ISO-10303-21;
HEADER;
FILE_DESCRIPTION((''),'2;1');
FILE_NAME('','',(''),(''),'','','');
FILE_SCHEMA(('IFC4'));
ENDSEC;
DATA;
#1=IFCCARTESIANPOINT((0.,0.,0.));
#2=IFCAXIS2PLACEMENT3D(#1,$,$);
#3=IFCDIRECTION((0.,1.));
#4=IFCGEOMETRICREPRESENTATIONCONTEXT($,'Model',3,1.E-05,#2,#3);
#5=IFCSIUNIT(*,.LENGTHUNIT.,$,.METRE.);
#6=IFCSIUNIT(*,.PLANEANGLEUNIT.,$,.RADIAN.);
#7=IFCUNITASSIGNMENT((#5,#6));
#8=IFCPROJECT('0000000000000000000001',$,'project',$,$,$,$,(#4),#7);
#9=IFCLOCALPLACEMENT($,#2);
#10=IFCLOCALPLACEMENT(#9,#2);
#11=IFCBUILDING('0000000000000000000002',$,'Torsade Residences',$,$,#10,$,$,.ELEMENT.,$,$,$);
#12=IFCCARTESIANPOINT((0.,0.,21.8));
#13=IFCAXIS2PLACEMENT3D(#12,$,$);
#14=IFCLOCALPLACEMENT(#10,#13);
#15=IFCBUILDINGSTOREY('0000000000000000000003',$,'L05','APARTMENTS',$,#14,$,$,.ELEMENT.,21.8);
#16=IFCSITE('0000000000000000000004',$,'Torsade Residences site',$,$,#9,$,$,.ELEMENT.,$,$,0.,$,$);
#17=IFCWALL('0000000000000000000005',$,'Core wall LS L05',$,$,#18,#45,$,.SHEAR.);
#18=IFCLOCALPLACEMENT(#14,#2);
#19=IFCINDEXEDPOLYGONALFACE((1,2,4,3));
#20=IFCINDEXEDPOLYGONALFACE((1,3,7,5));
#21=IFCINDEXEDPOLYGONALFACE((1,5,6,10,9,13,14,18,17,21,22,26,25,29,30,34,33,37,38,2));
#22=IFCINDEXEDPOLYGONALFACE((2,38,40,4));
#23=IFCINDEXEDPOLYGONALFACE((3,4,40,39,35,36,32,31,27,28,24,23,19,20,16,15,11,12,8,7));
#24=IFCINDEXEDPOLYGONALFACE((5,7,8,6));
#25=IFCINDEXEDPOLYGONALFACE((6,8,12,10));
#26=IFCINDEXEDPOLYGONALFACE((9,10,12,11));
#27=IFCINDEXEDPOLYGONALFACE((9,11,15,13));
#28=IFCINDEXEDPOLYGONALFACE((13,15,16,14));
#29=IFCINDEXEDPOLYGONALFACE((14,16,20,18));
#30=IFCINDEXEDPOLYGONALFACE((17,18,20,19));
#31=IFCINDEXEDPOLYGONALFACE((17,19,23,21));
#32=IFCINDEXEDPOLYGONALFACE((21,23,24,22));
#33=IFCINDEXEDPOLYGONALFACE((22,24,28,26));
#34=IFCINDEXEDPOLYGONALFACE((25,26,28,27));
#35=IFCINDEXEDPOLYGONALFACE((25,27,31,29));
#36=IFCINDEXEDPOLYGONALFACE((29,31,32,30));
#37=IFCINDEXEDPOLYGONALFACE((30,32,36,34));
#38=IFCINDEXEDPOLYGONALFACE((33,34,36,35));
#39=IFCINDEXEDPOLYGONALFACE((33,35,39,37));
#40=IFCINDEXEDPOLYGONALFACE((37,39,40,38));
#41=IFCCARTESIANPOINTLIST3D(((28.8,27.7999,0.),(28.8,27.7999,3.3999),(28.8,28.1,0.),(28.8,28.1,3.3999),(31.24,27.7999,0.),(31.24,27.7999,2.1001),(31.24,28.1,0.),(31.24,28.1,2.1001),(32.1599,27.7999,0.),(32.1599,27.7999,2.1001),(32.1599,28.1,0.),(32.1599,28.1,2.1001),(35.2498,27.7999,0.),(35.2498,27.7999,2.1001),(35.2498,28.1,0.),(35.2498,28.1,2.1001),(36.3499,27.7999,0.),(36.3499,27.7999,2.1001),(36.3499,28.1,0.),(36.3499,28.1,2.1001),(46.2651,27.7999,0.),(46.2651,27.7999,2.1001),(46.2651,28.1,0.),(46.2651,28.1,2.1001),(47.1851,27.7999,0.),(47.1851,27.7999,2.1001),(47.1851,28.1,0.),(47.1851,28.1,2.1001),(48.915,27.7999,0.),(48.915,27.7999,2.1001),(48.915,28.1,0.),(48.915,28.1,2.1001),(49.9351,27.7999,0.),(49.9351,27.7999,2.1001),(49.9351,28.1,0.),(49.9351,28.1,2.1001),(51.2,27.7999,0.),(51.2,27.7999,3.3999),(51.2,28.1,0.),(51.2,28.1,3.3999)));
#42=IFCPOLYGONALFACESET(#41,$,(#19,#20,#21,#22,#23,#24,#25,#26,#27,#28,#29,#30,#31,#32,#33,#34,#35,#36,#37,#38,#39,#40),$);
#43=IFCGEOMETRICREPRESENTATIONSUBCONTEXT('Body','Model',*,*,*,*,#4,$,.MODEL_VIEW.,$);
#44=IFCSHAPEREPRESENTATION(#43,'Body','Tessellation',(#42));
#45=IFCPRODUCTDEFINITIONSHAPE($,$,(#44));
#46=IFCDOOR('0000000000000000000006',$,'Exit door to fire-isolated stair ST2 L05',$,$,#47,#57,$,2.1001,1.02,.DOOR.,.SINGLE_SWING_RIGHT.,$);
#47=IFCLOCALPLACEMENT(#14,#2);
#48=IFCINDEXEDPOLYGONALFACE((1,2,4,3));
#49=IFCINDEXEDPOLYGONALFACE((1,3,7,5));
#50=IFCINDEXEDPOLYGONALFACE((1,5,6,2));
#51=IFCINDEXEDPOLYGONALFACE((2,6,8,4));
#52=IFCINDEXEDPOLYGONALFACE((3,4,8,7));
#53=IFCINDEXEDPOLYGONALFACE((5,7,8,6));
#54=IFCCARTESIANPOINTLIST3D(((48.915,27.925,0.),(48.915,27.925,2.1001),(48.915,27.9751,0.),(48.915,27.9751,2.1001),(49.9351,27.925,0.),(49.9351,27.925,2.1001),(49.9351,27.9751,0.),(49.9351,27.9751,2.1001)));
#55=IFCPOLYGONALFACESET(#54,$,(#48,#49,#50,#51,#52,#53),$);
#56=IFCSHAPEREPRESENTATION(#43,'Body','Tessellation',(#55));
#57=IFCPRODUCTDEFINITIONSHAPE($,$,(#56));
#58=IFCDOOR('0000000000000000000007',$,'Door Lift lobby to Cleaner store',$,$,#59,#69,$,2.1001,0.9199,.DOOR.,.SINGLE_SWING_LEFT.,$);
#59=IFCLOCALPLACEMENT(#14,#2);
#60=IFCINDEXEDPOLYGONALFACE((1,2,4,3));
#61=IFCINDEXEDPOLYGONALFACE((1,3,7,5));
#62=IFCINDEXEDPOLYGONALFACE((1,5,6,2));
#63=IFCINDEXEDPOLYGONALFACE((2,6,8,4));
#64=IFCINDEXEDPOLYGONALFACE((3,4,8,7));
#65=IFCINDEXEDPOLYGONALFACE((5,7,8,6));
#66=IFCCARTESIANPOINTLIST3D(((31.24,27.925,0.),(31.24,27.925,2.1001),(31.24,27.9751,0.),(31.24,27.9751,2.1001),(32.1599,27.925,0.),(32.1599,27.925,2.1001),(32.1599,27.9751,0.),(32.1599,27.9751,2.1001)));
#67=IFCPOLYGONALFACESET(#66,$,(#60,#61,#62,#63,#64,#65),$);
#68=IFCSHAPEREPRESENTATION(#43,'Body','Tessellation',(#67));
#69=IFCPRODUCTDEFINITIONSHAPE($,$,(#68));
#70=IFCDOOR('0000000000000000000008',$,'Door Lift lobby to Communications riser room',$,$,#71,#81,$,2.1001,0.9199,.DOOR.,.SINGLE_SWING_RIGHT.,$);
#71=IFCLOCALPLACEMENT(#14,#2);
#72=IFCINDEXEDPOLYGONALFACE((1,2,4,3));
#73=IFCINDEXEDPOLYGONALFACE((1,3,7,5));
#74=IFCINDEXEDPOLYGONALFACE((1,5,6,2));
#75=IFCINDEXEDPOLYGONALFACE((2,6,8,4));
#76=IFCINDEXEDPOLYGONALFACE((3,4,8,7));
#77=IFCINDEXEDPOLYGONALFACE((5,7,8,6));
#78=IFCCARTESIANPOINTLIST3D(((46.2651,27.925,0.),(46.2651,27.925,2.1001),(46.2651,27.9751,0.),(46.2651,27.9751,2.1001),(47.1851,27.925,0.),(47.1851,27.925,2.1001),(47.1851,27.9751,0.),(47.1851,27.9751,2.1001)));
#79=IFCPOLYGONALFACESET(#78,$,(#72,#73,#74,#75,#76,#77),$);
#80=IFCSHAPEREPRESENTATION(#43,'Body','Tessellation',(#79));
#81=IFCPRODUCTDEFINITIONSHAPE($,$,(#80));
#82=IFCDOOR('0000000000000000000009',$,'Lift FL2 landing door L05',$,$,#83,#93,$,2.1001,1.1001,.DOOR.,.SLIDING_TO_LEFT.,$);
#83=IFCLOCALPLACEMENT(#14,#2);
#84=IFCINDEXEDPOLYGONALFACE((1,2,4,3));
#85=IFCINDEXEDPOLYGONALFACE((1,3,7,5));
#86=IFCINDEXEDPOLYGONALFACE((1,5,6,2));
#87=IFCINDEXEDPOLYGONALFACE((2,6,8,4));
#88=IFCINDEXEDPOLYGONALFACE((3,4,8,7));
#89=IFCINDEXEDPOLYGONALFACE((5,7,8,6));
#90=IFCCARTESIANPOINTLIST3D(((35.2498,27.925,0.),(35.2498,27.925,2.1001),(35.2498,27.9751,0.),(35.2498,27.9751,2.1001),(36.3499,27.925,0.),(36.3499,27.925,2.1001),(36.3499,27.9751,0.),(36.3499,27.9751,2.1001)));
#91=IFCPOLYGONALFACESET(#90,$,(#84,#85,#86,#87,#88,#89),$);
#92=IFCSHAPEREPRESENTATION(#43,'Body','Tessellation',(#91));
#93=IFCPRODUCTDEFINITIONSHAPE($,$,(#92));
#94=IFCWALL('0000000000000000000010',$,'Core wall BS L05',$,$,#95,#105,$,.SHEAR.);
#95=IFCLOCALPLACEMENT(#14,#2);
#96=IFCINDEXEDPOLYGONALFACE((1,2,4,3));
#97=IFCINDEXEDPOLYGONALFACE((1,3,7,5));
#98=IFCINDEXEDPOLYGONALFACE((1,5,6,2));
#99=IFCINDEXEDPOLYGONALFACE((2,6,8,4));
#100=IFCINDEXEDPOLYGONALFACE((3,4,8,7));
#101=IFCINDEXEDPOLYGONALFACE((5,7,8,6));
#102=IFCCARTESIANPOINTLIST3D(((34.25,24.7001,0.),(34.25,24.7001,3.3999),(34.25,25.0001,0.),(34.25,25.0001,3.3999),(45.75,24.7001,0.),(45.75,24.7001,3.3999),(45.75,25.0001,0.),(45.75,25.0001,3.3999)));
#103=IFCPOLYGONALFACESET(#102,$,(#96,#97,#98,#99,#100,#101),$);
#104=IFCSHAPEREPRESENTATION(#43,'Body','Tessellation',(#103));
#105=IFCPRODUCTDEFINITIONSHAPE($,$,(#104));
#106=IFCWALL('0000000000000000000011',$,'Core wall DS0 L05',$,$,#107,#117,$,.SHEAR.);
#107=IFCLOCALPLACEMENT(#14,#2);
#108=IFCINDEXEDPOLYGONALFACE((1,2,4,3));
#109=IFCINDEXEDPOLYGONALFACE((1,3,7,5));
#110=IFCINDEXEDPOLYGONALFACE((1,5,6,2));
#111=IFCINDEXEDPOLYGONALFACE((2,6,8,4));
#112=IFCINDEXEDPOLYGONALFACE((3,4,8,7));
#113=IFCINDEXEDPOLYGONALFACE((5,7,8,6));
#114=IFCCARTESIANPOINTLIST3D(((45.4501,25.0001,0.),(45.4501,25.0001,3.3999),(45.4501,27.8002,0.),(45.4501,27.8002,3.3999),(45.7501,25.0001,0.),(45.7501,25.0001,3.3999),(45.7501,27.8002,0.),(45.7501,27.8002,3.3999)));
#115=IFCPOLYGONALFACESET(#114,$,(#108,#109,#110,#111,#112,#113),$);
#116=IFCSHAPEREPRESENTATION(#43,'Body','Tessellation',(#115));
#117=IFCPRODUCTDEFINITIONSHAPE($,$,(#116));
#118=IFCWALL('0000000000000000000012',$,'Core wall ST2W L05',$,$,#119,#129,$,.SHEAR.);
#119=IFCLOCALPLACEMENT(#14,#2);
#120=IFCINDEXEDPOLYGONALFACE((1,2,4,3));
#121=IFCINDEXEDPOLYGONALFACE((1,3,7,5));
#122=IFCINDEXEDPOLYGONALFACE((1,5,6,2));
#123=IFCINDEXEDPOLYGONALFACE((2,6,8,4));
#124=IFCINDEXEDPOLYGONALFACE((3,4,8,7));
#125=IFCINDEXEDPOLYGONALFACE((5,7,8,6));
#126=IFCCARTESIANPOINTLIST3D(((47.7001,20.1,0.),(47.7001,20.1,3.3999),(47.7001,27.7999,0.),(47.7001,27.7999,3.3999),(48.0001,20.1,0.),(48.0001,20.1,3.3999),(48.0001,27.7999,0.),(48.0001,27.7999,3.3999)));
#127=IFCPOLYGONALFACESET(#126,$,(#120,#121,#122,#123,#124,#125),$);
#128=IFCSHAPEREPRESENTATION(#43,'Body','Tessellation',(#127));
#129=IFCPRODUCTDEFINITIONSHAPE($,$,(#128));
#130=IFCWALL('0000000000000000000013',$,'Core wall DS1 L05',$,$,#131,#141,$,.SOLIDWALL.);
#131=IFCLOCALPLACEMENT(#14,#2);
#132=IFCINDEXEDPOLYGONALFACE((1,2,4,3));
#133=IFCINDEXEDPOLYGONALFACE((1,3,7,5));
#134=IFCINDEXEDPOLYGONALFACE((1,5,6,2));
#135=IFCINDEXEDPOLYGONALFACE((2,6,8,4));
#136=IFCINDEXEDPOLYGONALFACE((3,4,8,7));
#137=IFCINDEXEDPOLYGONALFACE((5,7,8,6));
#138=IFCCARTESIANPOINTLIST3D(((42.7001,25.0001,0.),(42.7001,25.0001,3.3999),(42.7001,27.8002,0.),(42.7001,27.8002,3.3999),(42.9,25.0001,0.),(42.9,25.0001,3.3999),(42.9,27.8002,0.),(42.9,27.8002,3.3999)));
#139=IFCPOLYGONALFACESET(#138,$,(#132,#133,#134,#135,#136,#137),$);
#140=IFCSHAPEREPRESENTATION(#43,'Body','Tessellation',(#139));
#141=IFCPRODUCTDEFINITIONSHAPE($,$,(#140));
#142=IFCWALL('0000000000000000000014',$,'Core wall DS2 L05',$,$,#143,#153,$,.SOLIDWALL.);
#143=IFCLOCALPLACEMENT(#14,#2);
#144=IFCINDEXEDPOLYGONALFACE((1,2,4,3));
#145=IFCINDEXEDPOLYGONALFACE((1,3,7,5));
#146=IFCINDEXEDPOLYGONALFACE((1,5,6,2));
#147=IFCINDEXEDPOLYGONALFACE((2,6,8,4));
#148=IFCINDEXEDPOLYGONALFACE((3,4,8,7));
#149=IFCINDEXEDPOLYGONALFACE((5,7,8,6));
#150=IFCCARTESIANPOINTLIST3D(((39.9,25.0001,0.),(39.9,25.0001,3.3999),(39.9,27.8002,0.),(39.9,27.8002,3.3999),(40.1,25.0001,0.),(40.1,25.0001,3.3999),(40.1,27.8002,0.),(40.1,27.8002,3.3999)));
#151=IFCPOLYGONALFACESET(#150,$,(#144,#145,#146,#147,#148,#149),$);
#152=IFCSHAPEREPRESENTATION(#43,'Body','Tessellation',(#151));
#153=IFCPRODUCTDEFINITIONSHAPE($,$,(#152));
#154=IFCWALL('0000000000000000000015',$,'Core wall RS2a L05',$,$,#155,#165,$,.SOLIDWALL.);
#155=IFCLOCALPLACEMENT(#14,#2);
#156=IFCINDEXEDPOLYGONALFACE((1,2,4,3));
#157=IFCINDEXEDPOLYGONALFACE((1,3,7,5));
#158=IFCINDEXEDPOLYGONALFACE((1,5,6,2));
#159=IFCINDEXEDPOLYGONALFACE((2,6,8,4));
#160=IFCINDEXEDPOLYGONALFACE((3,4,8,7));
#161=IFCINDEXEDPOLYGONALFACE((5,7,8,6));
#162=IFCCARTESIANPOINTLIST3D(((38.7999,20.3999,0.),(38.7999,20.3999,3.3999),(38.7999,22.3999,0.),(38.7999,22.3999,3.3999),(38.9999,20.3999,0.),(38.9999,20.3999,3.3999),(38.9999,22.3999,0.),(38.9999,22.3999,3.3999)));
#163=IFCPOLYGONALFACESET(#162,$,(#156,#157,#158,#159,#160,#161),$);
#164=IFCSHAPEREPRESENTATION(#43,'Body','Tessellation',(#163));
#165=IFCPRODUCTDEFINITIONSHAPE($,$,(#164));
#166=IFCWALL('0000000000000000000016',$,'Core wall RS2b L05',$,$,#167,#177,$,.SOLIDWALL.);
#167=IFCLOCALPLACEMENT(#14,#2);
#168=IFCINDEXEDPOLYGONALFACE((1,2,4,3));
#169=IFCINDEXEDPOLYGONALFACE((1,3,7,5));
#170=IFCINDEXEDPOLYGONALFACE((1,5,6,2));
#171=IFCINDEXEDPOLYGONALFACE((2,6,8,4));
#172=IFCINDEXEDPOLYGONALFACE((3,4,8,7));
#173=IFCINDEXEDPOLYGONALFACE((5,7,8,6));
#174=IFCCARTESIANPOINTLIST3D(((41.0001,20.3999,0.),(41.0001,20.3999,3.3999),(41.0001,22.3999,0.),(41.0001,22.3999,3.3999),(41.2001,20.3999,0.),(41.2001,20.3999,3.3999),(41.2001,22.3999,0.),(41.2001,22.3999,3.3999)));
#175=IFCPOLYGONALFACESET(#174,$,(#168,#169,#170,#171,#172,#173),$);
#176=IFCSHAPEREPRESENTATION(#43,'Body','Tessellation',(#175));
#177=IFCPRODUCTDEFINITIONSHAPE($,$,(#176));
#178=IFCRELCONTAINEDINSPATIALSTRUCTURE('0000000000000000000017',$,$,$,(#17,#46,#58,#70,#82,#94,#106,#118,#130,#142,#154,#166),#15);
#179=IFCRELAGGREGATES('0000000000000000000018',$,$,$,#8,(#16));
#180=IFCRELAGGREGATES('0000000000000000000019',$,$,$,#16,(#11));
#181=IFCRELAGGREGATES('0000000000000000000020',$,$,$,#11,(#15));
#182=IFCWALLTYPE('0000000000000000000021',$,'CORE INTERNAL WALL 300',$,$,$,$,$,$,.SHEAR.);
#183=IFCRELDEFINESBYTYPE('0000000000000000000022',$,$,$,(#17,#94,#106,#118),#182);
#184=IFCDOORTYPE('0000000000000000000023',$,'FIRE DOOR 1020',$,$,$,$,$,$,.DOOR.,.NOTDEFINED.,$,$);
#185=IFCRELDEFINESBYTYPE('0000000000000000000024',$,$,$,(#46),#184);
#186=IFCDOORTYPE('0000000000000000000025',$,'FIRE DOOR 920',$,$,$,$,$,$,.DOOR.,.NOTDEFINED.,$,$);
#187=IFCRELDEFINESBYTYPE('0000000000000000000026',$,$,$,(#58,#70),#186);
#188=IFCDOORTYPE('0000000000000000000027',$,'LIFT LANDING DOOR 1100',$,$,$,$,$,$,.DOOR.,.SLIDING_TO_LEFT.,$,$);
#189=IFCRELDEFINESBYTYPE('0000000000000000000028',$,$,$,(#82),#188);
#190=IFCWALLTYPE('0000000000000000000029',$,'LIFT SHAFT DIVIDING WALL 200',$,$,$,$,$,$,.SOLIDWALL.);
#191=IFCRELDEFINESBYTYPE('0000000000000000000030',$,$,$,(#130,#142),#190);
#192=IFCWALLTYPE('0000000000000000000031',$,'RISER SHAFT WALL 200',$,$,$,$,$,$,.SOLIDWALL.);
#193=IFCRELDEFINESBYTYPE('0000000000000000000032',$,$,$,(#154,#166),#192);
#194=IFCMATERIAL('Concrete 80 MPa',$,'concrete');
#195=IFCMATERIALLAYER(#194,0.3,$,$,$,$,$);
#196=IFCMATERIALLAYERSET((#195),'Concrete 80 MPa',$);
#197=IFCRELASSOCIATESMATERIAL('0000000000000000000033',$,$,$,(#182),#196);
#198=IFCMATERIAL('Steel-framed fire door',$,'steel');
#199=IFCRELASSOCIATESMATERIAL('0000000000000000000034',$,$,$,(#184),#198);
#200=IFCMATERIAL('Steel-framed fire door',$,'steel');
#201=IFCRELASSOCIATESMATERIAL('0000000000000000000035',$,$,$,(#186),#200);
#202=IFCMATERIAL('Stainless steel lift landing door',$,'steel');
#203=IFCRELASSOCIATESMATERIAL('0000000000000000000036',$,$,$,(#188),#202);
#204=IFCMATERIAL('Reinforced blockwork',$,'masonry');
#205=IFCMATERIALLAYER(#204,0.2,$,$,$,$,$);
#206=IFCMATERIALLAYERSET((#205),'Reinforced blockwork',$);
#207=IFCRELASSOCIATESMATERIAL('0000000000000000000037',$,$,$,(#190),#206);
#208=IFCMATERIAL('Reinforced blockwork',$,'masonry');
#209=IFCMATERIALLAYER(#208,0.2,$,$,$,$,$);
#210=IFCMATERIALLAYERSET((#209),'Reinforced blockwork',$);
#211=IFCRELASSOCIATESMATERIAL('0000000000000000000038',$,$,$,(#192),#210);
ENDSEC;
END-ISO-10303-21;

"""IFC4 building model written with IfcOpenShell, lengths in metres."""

from ifc_helpers import new_model, si_unit, direction, frame, frame_2d, origin, place, context, subcontext, project, spatial, rectangle, extrude, material, layer, layer_set, type_object, element, fill, save


model = new_model("IFC4")

# Units and contexts
model_context = context("Model", 3, precision=1e-05, world=origin(), true_north=direction((0.0, 1.0)))
body_context = subcontext(model_context, "Body", "Model", "MODEL_VIEW")
ifc_project = project(units=[si_unit("LENGTHUNIT", "METRE"), si_unit("PLANEANGLEUNIT", "RADIAN")], contexts=[model_context])

# Site, building, storey
site_placement = place(None, origin())
site = spatial("IfcSite", under=ifc_project, at=site_placement, Name="Torsade Residences site", CompositionType="ELEMENT", RefElevation=0.0)
building_placement = place(site_placement, origin())
building = spatial("IfcBuilding", under=site, at=building_placement, Name="Torsade Residences", CompositionType="ELEMENT")
storey_placement = place(building_placement, frame((0.0, 0.0, 21.8)))
storey = spatial("IfcBuildingStorey", under=building, at=storey_placement, Name="L05", Description="APARTMENTS", CompositionType="ELEMENT", Elevation=21.8)

# Wall, openings, doors
ifc_material_1 = material(Name="Concrete 80 MPa", Category="concrete")
ifc_layer_1 = layer(ifc_material_1, 0.3)
ifc_layer_set_1 = layer_set([ifc_layer_1], Name="Concrete 80 MPa")
wall_type_1 = type_object("IfcWallType", Name="CORE INTERNAL WALL 300", PredefinedType="SHEAR", material=ifc_layer_set_1)
wall_1_placement = place(storey_placement, frame((51.2, 27.95, 0.0), z_axis=(0.0, 0.0, 1.0), x_axis=(-1.0, 0.0, 0.0)))
wall_1 = element("IfcWall", 1, at=wall_1_placement, inside=storey, type_object=wall_type_1, Name="Core wall LS L05", PredefinedType="SHEAR", context=body_context, shape_type="SweptSolid", body=[
    extrude(rectangle(XDim=22.3999, YDim=0.3, at=frame_2d((11.2, 0.0))), origin(), (0.0, 0.0, 1.0), 3.3999),
])
opening_1_placement = place(wall_1_placement, frame((19.04, 0.0, 0.0)))
opening_1 = element("IfcOpeningElement", 2, at=opening_1_placement, cuts=wall_1, PredefinedType="OPENING", context=body_context, shape_type="SweptSolid", body=[
    extrude(rectangle(XDim=0.9199, YDim=2.1001, at=frame_2d((0.46, 1.05))), frame((0.0, 0.1599, 0.0), z_axis=(0.0, -1.0, 0.0), x_axis=(1.0, 0.0, 0.0)), (0.0, 0.0, 1.0), 0.3201),
])
opening_2_placement = place(wall_1_placement, frame((1.2649, 0.0, 0.0)))
opening_2 = element("IfcOpeningElement", 3, at=opening_2_placement, cuts=wall_1, PredefinedType="OPENING", context=body_context, shape_type="SweptSolid", body=[
    extrude(rectangle(XDim=1.02, YDim=2.1001, at=frame_2d((0.51, 1.05))), frame((0.0, 0.1599, 0.0), z_axis=(0.0, -1.0, 0.0), x_axis=(1.0, 0.0, 0.0)), (0.0, 0.0, 1.0), 0.3201),
])
opening_3_placement = place(wall_1_placement, frame((4.0149, 0.0, 0.0)))
opening_3 = element("IfcOpeningElement", 4, at=opening_3_placement, cuts=wall_1, PredefinedType="OPENING", context=body_context, shape_type="SweptSolid", body=[
    extrude(rectangle(XDim=0.9199, YDim=2.1001, at=frame_2d((0.46, 1.05))), frame((0.0, 0.1599, 0.0), z_axis=(0.0, -1.0, 0.0), x_axis=(1.0, 0.0, 0.0)), (0.0, 0.0, 1.0), 0.3201),
])
opening_4_placement = place(wall_1_placement, frame((14.8501, 0.0, 0.0)))
opening_4 = element("IfcOpeningElement", 5, at=opening_4_placement, cuts=wall_1, PredefinedType="OPENING", context=body_context, shape_type="SweptSolid", body=[
    extrude(rectangle(XDim=1.1001, YDim=2.1001, at=frame_2d((0.55, 1.05))), frame((0.0, 0.1599, 0.0), z_axis=(0.0, -1.0, 0.0), x_axis=(1.0, 0.0, 0.0)), (0.0, 0.0, 1.0), 0.3201),
])
ifc_material_2 = material(Name="Steel-framed fire door", Category="steel")
door_type_1 = type_object("IfcDoorType", Name="FIRE DOOR 1020", OperationType="NOTDEFINED", PredefinedType="DOOR", material=ifc_material_2)
door_1_placement = place(opening_2_placement, origin())
door_1 = element("IfcDoor", 6, at=door_1_placement, inside=storey, type_object=door_type_1, Name="Exit door to fire-isolated stair ST2 L05", OperationType="SINGLE_SWING_RIGHT", OverallHeight=2.1001, OverallWidth=1.02, PredefinedType="DOOR", context=body_context, shape_type="SweptSolid", body=[
    extrude(rectangle(XDim=1.02, YDim=2.1001, at=frame_2d((0.51, 1.05))), frame((0.0, 0.0249, 0.0), z_axis=(0.0, -1.0, 0.0), x_axis=(1.0, 0.0, 0.0)), (0.0, 0.0, 1.0), 0.05),
])
fill(opening_2, door_1)
ifc_material_3 = material(Name="Steel-framed fire door", Category="steel")
door_type_2 = type_object("IfcDoorType", Name="FIRE DOOR 920", OperationType="NOTDEFINED", PredefinedType="DOOR", material=ifc_material_3)
door_2_placement = place(opening_1_placement, origin())
door_2 = element("IfcDoor", 7, at=door_2_placement, inside=storey, type_object=door_type_2, Name="Door Lift lobby to Cleaner store", OperationType="SINGLE_SWING_LEFT", OverallHeight=2.1001, OverallWidth=0.9199, PredefinedType="DOOR", context=body_context, shape_type="SweptSolid", body=[
    extrude(rectangle(XDim=0.9199, YDim=2.1001, at=frame_2d((0.46, 1.05))), frame((0.0, 0.0249, 0.0), z_axis=(0.0, -1.0, 0.0), x_axis=(1.0, 0.0, 0.0)), (0.0, 0.0, 1.0), 0.05),
])
fill(opening_1, door_2)
door_3_placement = place(opening_3_placement, origin())
door_3 = element("IfcDoor", 8, at=door_3_placement, inside=storey, type_object=door_type_2, Name="Door Lift lobby to Communications riser room", OperationType="SINGLE_SWING_RIGHT", OverallHeight=2.1001, OverallWidth=0.9199, PredefinedType="DOOR", context=body_context, shape_type="SweptSolid", body=[
    extrude(rectangle(XDim=0.9199, YDim=2.1001, at=frame_2d((0.46, 1.05))), frame((0.0, 0.0249, 0.0), z_axis=(0.0, -1.0, 0.0), x_axis=(1.0, 0.0, 0.0)), (0.0, 0.0, 1.0), 0.05),
])
fill(opening_3, door_3)
ifc_material_4 = material(Name="Stainless steel lift landing door", Category="steel")
door_type_3 = type_object("IfcDoorType", Name="LIFT LANDING DOOR 1100", OperationType="SLIDING_TO_LEFT", PredefinedType="DOOR", material=ifc_material_4)
door_4_placement = place(opening_4_placement, origin())
door_4 = element("IfcDoor", 9, at=door_4_placement, inside=storey, type_object=door_type_3, Name="Lift FL2 landing door L05", OperationType="SLIDING_TO_LEFT", OverallHeight=2.1001, OverallWidth=1.1001, PredefinedType="DOOR", context=body_context, shape_type="SweptSolid", body=[
    extrude(rectangle(XDim=1.1001, YDim=2.1001, at=frame_2d((0.55, 1.05))), frame((0.0, 0.0249, 0.0), z_axis=(0.0, -1.0, 0.0), x_axis=(1.0, 0.0, 0.0)), (0.0, 0.0, 1.0), 0.05),
])
fill(opening_4, door_4)

# Walls
wall_2_placement = place(storey_placement, frame((45.75, 24.8501, 0.0), z_axis=(0.0, 0.0, 1.0), x_axis=(-1.0, 0.0, 0.0)))
element("IfcWall", 10, at=wall_2_placement, inside=storey, type_object=wall_type_1, Name="Core wall BS L05", PredefinedType="SHEAR", context=body_context, shape_type="SweptSolid", body=[
    extrude(rectangle(XDim=11.5, YDim=0.3, at=frame_2d((5.75, 0.0))), origin(), (0.0, 0.0, 1.0), 3.3999),
])
wall_3_placement = place(storey_placement, frame((45.6001, 27.8, 0.0), z_axis=(0.0, 0.0, 1.0), x_axis=(0.0, -1.0, 0.0)))
element("IfcWall", 11, at=wall_3_placement, inside=storey, type_object=wall_type_1, Name="Core wall DS0 L05", PredefinedType="SHEAR", context=body_context, shape_type="SweptSolid", body=[
    extrude(rectangle(XDim=2.8, YDim=0.3, at=frame_2d((1.3999, 0.0))), origin(), (0.0, 0.0, 1.0), 3.3999),
])
wall_4_placement = place(storey_placement, frame((47.8501, 27.8, 0.0), z_axis=(0.0, 0.0, 1.0), x_axis=(0.0, -1.0, 0.0)))
element("IfcWall", 12, at=wall_4_placement, inside=storey, type_object=wall_type_1, Name="Core wall ST2W L05", PredefinedType="SHEAR", context=body_context, shape_type="SweptSolid", body=[
    extrude(rectangle(XDim=7.7, YDim=0.3, at=frame_2d((3.8501, 0.0))), origin(), (0.0, 0.0, 1.0), 3.3999),
])
ifc_material_5 = material(Name="Reinforced blockwork", Category="masonry")
ifc_layer_2 = layer(ifc_material_5, 0.2)
ifc_layer_set_2 = layer_set([ifc_layer_2], Name="Reinforced blockwork")
wall_type_2 = type_object("IfcWallType", Name="LIFT SHAFT DIVIDING WALL 200", PredefinedType="SOLIDWALL", material=ifc_layer_set_2)
for number, where, z_axis, x_axis, name in (
    (13, (42.8, 27.8, 0.0), (0.0, 0.0, 1.0), (0.0, -1.0, 0.0), "Core wall DS1 L05"),
    (14, (40.0, 27.8, 0.0), (0.0, 0.0, 1.0), (0.0, -1.0, 0.0), "Core wall DS2 L05"),
):
    element("IfcWall", number, at=place(storey_placement, frame(where, z_axis=z_axis, x_axis=x_axis)), inside=storey, type_object=wall_type_2, Name=name, PredefinedType="SOLIDWALL", context=body_context, shape_type="SweptSolid", body=[
        extrude(rectangle(XDim=2.8, YDim=0.2, at=frame_2d((1.3999, 0.0))), origin(), (0.0, 0.0, 1.0), 3.3999),
    ])
ifc_material_6 = material(Name="Reinforced blockwork", Category="masonry")
ifc_layer_3 = layer(ifc_material_6, 0.2)
ifc_layer_set_3 = layer_set([ifc_layer_3], Name="Reinforced blockwork")
wall_type_3 = type_object("IfcWallType", Name="RISER SHAFT WALL 200", PredefinedType="SOLIDWALL", material=ifc_layer_set_3)
for number, where, z_axis, x_axis, name in (
    (15, (38.8999, 22.3999, 0.0), (0.0, 0.0, 1.0), (0.0, -1.0, 0.0), "Core wall RS2a L05"),
    (16, (41.1001, 22.3999, 0.0), (0.0, 0.0, 1.0), (0.0, -1.0, 0.0), "Core wall RS2b L05"),
):
    element("IfcWall", number, at=place(storey_placement, frame(where, z_axis=z_axis, x_axis=x_axis)), inside=storey, type_object=wall_type_3, Name=name, PredefinedType="SOLIDWALL", context=body_context, shape_type="SweptSolid", body=[
        extrude(rectangle(XDim=2.0, YDim=0.2, at=frame_2d((1.0, 0.0))), origin(), (0.0, 0.0, 1.0), 3.3999),
    ])

save(model, "model.ifc")
